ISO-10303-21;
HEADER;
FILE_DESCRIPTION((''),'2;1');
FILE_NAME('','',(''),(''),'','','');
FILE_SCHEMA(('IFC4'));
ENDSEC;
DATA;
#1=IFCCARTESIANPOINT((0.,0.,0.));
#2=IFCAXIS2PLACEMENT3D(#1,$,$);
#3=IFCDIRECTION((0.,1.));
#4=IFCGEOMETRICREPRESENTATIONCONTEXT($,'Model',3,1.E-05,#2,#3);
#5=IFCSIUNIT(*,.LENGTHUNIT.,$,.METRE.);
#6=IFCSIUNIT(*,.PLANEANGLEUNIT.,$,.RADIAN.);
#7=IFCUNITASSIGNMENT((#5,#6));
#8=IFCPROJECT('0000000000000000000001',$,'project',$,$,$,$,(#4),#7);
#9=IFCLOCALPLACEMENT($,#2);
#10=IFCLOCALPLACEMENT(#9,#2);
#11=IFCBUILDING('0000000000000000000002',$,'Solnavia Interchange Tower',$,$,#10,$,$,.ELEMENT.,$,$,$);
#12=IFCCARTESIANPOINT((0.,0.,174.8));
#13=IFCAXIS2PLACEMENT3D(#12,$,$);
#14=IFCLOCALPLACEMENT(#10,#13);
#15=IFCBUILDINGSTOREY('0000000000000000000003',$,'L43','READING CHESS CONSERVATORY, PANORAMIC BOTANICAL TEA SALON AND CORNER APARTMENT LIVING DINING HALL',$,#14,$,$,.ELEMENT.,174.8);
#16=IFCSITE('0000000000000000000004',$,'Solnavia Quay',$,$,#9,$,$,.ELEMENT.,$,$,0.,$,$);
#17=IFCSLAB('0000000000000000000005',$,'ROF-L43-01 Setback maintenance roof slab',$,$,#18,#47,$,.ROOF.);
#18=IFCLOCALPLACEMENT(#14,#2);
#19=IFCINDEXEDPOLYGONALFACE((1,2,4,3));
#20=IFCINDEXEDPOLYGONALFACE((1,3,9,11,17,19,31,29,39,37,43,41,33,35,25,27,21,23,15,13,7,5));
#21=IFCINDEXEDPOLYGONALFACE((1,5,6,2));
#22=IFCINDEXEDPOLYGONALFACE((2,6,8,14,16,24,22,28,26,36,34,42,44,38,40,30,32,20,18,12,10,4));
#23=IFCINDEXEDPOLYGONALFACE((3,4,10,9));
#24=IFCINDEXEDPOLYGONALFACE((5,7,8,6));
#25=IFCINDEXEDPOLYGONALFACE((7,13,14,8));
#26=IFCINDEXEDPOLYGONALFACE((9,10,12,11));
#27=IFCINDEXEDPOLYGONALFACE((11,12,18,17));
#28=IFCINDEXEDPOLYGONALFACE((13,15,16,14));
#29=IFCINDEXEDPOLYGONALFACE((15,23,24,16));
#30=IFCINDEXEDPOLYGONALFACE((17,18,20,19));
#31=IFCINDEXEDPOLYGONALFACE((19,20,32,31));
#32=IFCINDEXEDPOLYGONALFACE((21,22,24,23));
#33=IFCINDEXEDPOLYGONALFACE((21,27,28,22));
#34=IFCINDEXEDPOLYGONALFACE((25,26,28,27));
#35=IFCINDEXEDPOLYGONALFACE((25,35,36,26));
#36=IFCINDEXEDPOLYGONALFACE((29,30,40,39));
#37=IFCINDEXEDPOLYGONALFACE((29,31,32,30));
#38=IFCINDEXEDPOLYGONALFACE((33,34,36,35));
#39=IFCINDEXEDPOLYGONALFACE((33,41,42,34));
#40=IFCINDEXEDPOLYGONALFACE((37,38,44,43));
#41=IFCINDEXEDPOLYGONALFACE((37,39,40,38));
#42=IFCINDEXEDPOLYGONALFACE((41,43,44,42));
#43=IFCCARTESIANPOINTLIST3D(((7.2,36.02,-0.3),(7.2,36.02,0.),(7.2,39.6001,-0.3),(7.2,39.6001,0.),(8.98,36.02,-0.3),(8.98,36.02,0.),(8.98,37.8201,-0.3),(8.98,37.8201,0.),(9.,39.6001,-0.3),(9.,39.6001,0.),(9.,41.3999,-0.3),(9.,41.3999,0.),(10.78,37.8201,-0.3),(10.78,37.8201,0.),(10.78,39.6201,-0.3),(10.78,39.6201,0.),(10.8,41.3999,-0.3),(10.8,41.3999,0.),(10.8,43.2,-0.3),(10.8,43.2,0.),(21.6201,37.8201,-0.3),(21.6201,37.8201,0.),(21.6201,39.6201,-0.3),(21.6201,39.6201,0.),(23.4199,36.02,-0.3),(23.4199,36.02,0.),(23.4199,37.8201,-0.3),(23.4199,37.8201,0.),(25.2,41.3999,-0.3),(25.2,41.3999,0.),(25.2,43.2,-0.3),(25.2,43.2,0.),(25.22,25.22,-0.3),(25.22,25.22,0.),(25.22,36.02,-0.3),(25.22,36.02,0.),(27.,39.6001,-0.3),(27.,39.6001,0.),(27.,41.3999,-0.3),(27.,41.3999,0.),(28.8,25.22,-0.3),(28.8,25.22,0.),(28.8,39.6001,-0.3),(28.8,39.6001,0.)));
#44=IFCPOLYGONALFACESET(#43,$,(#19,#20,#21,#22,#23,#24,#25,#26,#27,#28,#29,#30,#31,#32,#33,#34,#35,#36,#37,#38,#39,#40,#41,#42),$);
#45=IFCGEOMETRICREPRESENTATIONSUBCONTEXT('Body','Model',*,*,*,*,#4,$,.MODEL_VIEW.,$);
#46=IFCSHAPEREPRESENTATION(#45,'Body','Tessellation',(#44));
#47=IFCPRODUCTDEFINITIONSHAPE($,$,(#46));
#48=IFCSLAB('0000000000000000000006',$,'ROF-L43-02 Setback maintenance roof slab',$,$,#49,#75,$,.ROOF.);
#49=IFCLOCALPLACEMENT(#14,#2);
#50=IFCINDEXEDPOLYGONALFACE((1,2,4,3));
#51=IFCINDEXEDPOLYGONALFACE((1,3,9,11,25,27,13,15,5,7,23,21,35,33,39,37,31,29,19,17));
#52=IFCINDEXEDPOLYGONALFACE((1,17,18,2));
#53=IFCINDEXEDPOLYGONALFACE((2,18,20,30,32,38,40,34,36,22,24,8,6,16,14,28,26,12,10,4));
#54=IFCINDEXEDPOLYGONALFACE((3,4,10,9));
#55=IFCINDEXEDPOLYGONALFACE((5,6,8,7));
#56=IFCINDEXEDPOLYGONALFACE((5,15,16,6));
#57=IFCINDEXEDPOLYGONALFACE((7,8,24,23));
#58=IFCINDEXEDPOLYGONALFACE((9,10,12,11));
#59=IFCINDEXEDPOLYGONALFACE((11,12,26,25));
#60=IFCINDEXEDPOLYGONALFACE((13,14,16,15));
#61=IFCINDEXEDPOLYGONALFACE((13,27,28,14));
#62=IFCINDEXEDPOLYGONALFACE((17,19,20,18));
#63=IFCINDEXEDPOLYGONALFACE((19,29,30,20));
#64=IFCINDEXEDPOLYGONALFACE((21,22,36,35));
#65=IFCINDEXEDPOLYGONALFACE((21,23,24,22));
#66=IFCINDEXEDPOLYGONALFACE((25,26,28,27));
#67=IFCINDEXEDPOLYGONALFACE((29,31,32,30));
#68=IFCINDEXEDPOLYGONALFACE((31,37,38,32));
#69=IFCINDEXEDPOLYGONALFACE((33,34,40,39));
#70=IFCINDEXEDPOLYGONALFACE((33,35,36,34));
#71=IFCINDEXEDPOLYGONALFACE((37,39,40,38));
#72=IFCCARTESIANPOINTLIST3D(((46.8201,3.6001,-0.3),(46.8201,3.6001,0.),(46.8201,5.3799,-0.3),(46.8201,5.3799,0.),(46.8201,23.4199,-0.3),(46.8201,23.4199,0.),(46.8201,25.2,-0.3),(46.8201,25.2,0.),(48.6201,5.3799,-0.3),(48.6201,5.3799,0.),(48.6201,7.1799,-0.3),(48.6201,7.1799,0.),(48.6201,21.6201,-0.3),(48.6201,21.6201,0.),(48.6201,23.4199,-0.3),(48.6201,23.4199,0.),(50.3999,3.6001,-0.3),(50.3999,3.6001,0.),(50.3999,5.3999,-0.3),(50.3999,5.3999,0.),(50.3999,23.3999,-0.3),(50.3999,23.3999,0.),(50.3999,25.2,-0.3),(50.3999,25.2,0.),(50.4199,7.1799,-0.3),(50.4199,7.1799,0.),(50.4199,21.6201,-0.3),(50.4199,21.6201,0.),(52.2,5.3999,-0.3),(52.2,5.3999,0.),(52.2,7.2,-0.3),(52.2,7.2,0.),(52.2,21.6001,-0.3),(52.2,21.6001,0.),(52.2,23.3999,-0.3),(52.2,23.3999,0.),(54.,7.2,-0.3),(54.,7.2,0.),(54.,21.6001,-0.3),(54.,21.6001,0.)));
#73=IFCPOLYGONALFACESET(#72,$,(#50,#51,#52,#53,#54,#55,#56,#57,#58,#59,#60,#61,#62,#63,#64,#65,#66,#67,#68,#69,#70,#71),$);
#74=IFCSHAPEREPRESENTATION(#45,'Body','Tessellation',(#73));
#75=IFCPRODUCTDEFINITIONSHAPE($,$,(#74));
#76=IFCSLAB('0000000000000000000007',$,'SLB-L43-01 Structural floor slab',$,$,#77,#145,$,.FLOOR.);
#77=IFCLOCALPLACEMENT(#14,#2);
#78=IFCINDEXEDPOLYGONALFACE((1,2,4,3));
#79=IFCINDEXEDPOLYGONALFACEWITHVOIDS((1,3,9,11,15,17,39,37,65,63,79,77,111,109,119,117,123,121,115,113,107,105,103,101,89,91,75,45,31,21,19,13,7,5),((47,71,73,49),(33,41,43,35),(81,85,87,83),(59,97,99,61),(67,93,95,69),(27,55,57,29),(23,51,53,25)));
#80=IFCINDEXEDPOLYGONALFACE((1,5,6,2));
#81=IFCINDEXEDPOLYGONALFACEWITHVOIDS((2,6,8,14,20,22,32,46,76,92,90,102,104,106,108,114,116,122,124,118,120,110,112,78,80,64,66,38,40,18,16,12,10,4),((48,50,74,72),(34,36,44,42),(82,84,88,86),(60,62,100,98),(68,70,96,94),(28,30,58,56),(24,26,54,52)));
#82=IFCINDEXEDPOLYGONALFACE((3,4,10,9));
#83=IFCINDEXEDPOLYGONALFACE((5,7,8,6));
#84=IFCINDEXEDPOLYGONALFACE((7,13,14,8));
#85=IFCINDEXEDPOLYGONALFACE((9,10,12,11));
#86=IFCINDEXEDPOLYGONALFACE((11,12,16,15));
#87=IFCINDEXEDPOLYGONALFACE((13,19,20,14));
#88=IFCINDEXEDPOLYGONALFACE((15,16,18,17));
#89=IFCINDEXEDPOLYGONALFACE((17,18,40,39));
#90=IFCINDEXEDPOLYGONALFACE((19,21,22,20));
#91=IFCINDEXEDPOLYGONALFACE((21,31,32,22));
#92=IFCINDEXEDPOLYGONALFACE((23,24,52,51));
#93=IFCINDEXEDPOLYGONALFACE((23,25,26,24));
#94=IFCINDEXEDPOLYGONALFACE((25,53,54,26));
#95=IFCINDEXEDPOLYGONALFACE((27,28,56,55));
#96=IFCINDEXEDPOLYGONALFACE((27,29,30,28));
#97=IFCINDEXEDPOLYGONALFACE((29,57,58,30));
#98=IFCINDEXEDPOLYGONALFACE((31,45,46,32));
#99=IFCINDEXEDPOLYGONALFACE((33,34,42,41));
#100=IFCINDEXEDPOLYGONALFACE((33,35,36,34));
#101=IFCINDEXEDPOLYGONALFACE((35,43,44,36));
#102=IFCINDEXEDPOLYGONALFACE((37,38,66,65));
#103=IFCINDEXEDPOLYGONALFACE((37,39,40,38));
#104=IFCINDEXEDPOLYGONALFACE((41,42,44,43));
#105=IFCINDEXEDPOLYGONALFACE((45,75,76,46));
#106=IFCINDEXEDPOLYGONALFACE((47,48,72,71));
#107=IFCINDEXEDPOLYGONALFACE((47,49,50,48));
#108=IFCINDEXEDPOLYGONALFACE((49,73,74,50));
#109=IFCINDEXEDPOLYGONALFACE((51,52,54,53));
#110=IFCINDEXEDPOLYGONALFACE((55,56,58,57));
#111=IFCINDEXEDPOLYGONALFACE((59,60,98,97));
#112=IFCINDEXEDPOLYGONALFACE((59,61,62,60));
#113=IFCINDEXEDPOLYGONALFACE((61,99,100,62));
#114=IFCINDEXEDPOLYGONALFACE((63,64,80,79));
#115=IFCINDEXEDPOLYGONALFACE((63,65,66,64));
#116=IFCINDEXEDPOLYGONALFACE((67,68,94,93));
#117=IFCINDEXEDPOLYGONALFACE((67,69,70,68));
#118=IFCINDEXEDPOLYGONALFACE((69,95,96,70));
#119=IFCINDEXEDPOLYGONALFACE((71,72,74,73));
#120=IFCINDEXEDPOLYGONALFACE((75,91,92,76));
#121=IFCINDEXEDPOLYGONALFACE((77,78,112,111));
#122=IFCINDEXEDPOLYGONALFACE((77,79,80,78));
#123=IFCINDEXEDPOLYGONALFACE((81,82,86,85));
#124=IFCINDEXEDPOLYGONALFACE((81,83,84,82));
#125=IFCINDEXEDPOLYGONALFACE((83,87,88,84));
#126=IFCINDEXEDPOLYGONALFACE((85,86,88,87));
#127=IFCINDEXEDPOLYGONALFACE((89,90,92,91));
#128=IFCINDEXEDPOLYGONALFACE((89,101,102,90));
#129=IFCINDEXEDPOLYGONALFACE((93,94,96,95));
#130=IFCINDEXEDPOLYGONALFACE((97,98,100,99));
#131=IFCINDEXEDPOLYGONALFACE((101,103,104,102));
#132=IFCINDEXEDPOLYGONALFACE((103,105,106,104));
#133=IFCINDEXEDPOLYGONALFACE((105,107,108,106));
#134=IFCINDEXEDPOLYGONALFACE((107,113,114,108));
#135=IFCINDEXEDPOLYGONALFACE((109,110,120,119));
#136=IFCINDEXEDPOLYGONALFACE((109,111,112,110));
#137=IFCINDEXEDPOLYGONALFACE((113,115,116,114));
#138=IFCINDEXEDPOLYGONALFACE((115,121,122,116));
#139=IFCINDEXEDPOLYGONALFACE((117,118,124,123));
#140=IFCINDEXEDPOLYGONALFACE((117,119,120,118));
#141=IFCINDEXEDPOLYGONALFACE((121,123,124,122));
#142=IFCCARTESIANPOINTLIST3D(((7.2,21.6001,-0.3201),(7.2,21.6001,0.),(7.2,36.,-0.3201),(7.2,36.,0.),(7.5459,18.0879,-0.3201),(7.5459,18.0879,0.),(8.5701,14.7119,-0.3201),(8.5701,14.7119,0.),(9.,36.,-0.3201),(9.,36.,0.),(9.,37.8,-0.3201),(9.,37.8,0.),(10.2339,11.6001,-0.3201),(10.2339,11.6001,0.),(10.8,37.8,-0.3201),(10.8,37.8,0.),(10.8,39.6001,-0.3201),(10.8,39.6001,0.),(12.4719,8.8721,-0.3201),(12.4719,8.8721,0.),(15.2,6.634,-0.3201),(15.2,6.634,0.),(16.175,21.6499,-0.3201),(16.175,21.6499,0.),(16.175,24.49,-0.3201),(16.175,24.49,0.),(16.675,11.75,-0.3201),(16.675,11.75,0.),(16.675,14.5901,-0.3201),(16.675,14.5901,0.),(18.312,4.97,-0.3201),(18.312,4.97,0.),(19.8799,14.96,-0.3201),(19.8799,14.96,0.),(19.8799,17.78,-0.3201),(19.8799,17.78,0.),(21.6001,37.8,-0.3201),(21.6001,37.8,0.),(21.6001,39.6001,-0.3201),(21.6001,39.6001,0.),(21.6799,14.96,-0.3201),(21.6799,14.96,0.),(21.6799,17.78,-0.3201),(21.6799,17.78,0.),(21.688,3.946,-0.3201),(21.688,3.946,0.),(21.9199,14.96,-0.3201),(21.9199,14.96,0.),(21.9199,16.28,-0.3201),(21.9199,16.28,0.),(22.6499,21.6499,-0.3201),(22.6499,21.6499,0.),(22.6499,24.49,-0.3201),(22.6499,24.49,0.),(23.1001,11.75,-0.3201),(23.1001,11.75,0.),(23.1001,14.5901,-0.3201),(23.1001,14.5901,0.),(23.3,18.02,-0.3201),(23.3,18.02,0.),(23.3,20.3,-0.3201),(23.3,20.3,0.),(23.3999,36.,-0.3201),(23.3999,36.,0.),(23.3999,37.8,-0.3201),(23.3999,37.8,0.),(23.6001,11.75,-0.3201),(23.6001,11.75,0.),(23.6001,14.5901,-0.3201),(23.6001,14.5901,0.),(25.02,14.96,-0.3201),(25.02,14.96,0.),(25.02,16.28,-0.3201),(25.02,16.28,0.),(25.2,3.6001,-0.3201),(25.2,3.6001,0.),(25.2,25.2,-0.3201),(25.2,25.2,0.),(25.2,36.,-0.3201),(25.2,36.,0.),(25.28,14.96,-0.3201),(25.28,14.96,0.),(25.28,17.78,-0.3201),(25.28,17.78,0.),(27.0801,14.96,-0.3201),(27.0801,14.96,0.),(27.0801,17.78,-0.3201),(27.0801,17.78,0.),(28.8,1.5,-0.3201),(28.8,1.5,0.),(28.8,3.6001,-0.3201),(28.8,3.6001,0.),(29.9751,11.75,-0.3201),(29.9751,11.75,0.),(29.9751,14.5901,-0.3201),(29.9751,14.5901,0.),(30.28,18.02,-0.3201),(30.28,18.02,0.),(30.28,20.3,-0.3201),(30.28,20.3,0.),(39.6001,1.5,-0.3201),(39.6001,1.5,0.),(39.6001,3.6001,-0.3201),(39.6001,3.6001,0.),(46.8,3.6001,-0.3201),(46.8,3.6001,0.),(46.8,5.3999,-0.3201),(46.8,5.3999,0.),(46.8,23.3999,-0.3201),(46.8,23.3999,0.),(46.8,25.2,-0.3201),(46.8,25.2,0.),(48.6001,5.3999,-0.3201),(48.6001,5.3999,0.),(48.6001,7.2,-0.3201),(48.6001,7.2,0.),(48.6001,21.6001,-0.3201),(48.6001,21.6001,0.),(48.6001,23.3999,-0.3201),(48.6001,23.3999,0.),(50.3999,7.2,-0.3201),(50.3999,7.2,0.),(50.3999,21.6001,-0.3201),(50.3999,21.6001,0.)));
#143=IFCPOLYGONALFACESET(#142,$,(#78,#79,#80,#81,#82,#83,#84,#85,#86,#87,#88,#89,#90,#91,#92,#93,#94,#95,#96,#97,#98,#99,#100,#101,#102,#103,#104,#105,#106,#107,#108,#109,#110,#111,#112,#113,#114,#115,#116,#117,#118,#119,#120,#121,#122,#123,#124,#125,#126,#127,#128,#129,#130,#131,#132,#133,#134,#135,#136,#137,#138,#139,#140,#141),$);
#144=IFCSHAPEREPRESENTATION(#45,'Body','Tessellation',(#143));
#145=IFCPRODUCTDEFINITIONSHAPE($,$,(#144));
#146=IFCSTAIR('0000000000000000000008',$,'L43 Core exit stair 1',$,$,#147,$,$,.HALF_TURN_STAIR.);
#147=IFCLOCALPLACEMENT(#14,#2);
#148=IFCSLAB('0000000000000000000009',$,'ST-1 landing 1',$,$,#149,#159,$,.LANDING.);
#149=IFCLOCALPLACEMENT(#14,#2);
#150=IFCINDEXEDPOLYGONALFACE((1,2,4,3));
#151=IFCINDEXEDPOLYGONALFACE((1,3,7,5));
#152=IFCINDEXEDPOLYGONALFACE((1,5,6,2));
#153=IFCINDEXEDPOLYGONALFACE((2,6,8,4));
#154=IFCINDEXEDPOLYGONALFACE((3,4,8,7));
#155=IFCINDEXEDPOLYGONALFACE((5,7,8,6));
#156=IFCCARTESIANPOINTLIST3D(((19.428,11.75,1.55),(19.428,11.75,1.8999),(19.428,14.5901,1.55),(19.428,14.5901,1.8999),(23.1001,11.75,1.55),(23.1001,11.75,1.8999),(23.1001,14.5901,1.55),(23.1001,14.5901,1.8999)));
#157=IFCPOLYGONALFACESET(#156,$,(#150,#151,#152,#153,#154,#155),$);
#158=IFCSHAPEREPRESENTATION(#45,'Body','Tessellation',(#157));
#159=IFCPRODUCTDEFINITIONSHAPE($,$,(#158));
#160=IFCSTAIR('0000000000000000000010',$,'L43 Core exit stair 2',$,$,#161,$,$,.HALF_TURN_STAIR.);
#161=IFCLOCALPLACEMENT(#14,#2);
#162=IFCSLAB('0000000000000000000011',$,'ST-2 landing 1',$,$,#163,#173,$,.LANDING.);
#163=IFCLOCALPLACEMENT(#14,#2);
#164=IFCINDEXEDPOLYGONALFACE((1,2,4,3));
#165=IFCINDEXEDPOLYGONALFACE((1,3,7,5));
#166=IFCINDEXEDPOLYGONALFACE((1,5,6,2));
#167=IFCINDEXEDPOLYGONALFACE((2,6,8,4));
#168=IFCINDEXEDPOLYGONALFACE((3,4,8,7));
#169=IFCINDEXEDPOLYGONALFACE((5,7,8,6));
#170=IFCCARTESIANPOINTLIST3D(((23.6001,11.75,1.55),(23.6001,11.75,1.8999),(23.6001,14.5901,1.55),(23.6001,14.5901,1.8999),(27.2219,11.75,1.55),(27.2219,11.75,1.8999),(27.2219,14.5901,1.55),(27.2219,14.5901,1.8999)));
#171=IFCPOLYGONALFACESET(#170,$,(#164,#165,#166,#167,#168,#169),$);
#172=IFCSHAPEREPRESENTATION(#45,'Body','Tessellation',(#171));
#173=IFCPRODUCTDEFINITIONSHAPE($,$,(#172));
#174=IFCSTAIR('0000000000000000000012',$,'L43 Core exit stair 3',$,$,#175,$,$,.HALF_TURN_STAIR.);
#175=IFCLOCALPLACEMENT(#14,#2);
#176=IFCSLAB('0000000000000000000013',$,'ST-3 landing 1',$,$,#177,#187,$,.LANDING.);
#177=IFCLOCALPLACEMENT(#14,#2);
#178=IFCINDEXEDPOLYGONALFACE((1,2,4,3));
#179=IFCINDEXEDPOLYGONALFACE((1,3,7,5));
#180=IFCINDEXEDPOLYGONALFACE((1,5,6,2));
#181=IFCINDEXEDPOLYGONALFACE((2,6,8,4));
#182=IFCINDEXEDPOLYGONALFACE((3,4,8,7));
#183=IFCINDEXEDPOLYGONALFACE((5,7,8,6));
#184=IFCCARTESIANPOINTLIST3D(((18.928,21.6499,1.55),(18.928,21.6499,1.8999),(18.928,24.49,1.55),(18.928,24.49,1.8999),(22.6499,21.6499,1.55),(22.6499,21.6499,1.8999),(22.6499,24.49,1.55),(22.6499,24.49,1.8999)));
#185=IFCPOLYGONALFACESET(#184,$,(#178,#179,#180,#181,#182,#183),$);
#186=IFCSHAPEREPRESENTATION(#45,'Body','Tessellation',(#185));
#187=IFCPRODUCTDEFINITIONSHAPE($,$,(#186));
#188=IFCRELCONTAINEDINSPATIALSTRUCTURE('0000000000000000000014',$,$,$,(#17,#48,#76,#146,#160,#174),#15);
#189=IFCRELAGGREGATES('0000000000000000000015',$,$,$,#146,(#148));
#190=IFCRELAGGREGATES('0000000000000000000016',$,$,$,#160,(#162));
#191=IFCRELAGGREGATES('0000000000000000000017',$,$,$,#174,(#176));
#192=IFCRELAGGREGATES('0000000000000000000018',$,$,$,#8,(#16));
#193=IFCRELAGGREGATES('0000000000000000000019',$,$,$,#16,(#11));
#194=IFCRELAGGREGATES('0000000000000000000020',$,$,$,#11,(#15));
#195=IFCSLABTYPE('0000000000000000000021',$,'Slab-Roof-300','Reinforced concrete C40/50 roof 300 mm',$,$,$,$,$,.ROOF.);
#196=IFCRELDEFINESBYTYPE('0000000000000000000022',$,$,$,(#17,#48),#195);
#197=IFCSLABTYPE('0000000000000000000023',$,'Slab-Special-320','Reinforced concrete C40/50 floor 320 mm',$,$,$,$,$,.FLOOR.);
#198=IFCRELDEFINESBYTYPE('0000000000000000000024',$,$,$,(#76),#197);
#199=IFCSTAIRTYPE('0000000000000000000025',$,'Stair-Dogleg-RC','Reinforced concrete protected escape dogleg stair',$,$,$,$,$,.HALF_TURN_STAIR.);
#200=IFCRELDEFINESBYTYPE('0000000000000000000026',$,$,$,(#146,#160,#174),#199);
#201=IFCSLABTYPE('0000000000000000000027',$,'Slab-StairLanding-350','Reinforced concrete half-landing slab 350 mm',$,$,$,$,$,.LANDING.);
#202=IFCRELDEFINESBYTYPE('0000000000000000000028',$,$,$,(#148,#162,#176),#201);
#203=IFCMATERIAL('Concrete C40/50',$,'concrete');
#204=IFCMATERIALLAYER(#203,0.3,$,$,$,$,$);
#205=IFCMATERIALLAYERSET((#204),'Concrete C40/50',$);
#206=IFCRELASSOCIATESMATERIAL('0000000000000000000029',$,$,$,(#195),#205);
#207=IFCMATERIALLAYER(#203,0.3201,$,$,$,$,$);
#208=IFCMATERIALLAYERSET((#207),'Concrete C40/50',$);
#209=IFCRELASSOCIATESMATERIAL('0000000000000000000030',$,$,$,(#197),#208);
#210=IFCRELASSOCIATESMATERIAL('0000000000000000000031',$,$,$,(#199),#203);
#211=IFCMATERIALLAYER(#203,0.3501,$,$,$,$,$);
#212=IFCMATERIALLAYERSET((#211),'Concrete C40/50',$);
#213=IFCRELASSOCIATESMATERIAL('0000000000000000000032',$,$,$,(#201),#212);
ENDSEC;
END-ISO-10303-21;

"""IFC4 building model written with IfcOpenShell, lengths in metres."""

from ifc_helpers import new_model, si_unit, direction, frame, origin, place, context, subcontext, project, spatial, polyline, outline, extrude, material, layer, layer_set, type_object, element, aggregate, save


model = new_model("IFC4")

# Units and contexts
model_context = context("Model", 3, precision=1e-05, world=origin(), true_north=direction((0.0, 1.0)))
body_context = subcontext(model_context, "Body", "Model", "MODEL_VIEW")
ifc_project = project(units=[si_unit("LENGTHUNIT", "METRE"), si_unit("PLANEANGLEUNIT", "RADIAN")], contexts=[model_context])

# Site, building, storey
site_placement = place(None, origin())
site = spatial("IfcSite", under=ifc_project, at=site_placement, Name="Solnavia Quay", CompositionType="ELEMENT", RefElevation=0.0)
building_placement = place(site_placement, origin())
building = spatial("IfcBuilding", under=site, at=building_placement, Name="Solnavia Interchange Tower", CompositionType="ELEMENT")
storey_placement = place(building_placement, frame((0.0, 0.0, 174.8)))
storey = spatial("IfcBuildingStorey", under=building, at=storey_placement, Name="L43", Description="READING CHESS CONSERVATORY, PANORAMIC BOTANICAL TEA SALON AND CORNER APARTMENT LIVING DINING HALL", CompositionType="ELEMENT", Elevation=174.8)

# Slabs
ifc_material_1 = material(Name="Concrete C40/50", Category="concrete")
ifc_layer_1 = layer(ifc_material_1, 0.3)
ifc_layer_set_1 = layer_set([ifc_layer_1], Name="Concrete C40/50")
slab_type_1 = type_object("IfcSlabType", Name="Slab-Roof-300", Description="Reinforced concrete C40/50 roof 300 mm", PredefinedType="ROOF", material=ifc_layer_set_1)
slab_1_placement = place(storey_placement, frame((0.0, 0.0, -0.3)))
element("IfcSlab", 1, at=slab_1_placement, inside=storey, type_object=slab_type_1, Name="ROF-L43-01 Setback maintenance roof slab", PredefinedType="ROOF", context=body_context, shape_type="SweptSolid", body=[
    extrude(outline(polyline([(9.0, 39.6001), (9.0, 41.3999), (10.8, 41.3999), (10.8, 43.2), (25.2, 43.2), (25.2, 41.3999), (27.0, 41.3999), (27.0, 39.6001), (28.8, 39.6001), (28.8, 25.22), (25.22, 25.22), (25.22, 36.02), (23.4199, 36.02), (23.4199, 37.8201), (21.6201, 37.8201), (21.6201, 39.6201), (10.78, 39.6201), (10.78, 37.8201), (8.98, 37.8201), (8.98, 36.02), (7.2, 36.02), (7.2, 39.6001), (9.0, 39.6001)])), origin(), (0.0, 0.0, 1.0), 0.3),
])
slab_2_placement = place(storey_placement, frame((0.0, 0.0, -0.3)))
element("IfcSlab", 2, at=slab_2_placement, inside=storey, type_object=slab_type_1, Name="ROF-L43-02 Setback maintenance roof slab", PredefinedType="ROOF", context=body_context, shape_type="SweptSolid", body=[
    extrude(outline(polyline([(50.3999, 23.3999), (52.2, 23.3999), (52.2, 21.6001), (54.0, 21.6001), (54.0, 7.2), (52.2, 7.2), (52.2, 5.3999), (50.3999, 5.3999), (50.3999, 3.6001), (46.8201, 3.6001), (46.8201, 5.3799), (48.6201, 5.3799), (48.6201, 7.1799), (50.4199, 7.1799), (50.4199, 21.6201), (48.6201, 21.6201), (48.6201, 23.4199), (46.8201, 23.4199), (46.8201, 25.2), (50.3999, 25.2), (50.3999, 23.3999)])), origin(), (0.0, 0.0, 1.0), 0.3),
])
ifc_layer_2 = layer(ifc_material_1, 0.3201)
ifc_layer_set_2 = layer_set([ifc_layer_2], Name="Concrete C40/50")
slab_type_2 = type_object("IfcSlabType", Name="Slab-Special-320", Description="Reinforced concrete C40/50 floor 320 mm", PredefinedType="FLOOR", material=ifc_layer_set_2)
slab_3_placement = place(storey_placement, frame((0.0, 0.0, -0.3201)))
element("IfcSlab", 3, at=slab_3_placement, inside=storey, type_object=slab_type_2, Name="SLB-L43-01 Structural floor slab", PredefinedType="FLOOR", context=body_context, shape_type="SweptSolid", body=[
    extrude(outline(polyline([(25.2, 3.6001), (28.8, 3.6001), (28.8, 1.5), (39.6001, 1.5), (39.6001, 3.6001), (46.8, 3.6001), (46.8, 5.3999), (48.6001, 5.3999), (48.6001, 7.2), (50.3999, 7.2), (50.3999, 21.6001), (48.6001, 21.6001), (48.6001, 23.3999), (46.8, 23.3999), (46.8, 25.2), (25.2, 25.2), (25.2, 36.0), (23.3999, 36.0), (23.3999, 37.8), (21.6001, 37.8), (21.6001, 39.6001), (10.8, 39.6001), (10.8, 37.8), (9.0, 37.8), (9.0, 36.0), (7.2, 36.0), (7.2, 21.6001), (7.5459, 18.0879), (8.5701, 14.7119), (10.2339, 11.6001), (12.4719, 8.8721), (15.2, 6.634), (18.312, 4.97), (21.688, 3.946), (25.2, 3.6001)]), holes=[polyline([(16.675, 11.75), (23.1001, 11.75), (23.1001, 14.5901), (16.675, 14.5901), (16.675, 11.75)]), polyline([(23.6001, 11.75), (29.9751, 11.75), (29.9751, 14.5901), (23.6001, 14.5901), (23.6001, 11.75)]), polyline([(16.175, 21.6499), (22.6499, 21.6499), (22.6499, 24.49), (16.175, 24.49), (16.175, 21.6499)]), polyline([(19.8799, 14.96), (21.6799, 14.96), (21.6799, 17.78), (19.8799, 17.78), (19.8799, 14.96)]), polyline([(25.28, 14.96), (27.0801, 14.96), (27.0801, 17.78), (25.28, 17.78), (25.28, 14.96)]), polyline([(21.9199, 14.96), (25.02, 14.96), (25.02, 16.28), (21.9199, 16.28), (21.9199, 14.96)]), polyline([(23.3, 18.02), (30.28, 18.02), (30.28, 20.3), (23.3, 20.3), (23.3, 18.02)])]), origin(), (0.0, 0.0, 1.0), 0.3201),
])

# Stairs, slabs
stair_type = type_object("IfcStairType", Name="Stair-Dogleg-RC", Description="Reinforced concrete protected escape dogleg stair", PredefinedType="HALF_TURN_STAIR", material=ifc_material_1)
stair_1_placement = place(storey_placement, origin())
stair_1 = element("IfcStair", 4, at=stair_1_placement, inside=storey, type_object=stair_type, Name="L43 Core exit stair 1", PredefinedType="HALF_TURN_STAIR")
ifc_layer_3 = layer(ifc_material_1, 0.3501)
ifc_layer_set_3 = layer_set([ifc_layer_3], Name="Concrete C40/50")
slab_type_3 = type_object("IfcSlabType", Name="Slab-StairLanding-350", Description="Reinforced concrete half-landing slab 350 mm", PredefinedType="LANDING", material=ifc_layer_set_3)
slab_4_placement = place(storey_placement, frame((0.0, 0.0, 1.55)))
slab_4 = element("IfcSlab", 5, at=slab_4_placement, type_object=slab_type_3, Name="ST-1 landing 1", PredefinedType="LANDING", context=body_context, shape_type="SweptSolid", body=[
    extrude(outline(polyline([(19.428, 11.75), (23.1001, 11.75), (23.1001, 14.5901), (19.428, 14.5901), (19.428, 11.75)])), origin(), (0.0, 0.0, 1.0), 0.3499),
])
aggregate(stair_1, [slab_4])
stair_2_placement = place(storey_placement, origin())
stair_2 = element("IfcStair", 6, at=stair_2_placement, inside=storey, type_object=stair_type, Name="L43 Core exit stair 2", PredefinedType="HALF_TURN_STAIR")
slab_5_placement = place(storey_placement, frame((0.0, 0.0, 1.55)))
slab_5 = element("IfcSlab", 7, at=slab_5_placement, type_object=slab_type_3, Name="ST-2 landing 1", PredefinedType="LANDING", context=body_context, shape_type="SweptSolid", body=[
    extrude(outline(polyline([(23.6001, 11.75), (27.2219, 11.75), (27.2219, 14.5901), (23.6001, 14.5901), (23.6001, 11.75)])), origin(), (0.0, 0.0, 1.0), 0.3499),
])
aggregate(stair_2, [slab_5])
stair_3_placement = place(storey_placement, origin())
stair_3 = element("IfcStair", 8, at=stair_3_placement, inside=storey, type_object=stair_type, Name="L43 Core exit stair 3", PredefinedType="HALF_TURN_STAIR")
slab_6_placement = place(storey_placement, frame((0.0, 0.0, 1.55)))
slab_6 = element("IfcSlab", 9, at=slab_6_placement, type_object=slab_type_3, Name="ST-3 landing 1", PredefinedType="LANDING", context=body_context, shape_type="SweptSolid", body=[
    extrude(outline(polyline([(18.928, 21.6499), (22.6499, 21.6499), (22.6499, 24.49), (18.928, 24.49), (18.928, 21.6499)])), origin(), (0.0, 0.0, 1.0), 0.3499),
])
aggregate(stair_3, [slab_6])

save(model, "model.ifc")
